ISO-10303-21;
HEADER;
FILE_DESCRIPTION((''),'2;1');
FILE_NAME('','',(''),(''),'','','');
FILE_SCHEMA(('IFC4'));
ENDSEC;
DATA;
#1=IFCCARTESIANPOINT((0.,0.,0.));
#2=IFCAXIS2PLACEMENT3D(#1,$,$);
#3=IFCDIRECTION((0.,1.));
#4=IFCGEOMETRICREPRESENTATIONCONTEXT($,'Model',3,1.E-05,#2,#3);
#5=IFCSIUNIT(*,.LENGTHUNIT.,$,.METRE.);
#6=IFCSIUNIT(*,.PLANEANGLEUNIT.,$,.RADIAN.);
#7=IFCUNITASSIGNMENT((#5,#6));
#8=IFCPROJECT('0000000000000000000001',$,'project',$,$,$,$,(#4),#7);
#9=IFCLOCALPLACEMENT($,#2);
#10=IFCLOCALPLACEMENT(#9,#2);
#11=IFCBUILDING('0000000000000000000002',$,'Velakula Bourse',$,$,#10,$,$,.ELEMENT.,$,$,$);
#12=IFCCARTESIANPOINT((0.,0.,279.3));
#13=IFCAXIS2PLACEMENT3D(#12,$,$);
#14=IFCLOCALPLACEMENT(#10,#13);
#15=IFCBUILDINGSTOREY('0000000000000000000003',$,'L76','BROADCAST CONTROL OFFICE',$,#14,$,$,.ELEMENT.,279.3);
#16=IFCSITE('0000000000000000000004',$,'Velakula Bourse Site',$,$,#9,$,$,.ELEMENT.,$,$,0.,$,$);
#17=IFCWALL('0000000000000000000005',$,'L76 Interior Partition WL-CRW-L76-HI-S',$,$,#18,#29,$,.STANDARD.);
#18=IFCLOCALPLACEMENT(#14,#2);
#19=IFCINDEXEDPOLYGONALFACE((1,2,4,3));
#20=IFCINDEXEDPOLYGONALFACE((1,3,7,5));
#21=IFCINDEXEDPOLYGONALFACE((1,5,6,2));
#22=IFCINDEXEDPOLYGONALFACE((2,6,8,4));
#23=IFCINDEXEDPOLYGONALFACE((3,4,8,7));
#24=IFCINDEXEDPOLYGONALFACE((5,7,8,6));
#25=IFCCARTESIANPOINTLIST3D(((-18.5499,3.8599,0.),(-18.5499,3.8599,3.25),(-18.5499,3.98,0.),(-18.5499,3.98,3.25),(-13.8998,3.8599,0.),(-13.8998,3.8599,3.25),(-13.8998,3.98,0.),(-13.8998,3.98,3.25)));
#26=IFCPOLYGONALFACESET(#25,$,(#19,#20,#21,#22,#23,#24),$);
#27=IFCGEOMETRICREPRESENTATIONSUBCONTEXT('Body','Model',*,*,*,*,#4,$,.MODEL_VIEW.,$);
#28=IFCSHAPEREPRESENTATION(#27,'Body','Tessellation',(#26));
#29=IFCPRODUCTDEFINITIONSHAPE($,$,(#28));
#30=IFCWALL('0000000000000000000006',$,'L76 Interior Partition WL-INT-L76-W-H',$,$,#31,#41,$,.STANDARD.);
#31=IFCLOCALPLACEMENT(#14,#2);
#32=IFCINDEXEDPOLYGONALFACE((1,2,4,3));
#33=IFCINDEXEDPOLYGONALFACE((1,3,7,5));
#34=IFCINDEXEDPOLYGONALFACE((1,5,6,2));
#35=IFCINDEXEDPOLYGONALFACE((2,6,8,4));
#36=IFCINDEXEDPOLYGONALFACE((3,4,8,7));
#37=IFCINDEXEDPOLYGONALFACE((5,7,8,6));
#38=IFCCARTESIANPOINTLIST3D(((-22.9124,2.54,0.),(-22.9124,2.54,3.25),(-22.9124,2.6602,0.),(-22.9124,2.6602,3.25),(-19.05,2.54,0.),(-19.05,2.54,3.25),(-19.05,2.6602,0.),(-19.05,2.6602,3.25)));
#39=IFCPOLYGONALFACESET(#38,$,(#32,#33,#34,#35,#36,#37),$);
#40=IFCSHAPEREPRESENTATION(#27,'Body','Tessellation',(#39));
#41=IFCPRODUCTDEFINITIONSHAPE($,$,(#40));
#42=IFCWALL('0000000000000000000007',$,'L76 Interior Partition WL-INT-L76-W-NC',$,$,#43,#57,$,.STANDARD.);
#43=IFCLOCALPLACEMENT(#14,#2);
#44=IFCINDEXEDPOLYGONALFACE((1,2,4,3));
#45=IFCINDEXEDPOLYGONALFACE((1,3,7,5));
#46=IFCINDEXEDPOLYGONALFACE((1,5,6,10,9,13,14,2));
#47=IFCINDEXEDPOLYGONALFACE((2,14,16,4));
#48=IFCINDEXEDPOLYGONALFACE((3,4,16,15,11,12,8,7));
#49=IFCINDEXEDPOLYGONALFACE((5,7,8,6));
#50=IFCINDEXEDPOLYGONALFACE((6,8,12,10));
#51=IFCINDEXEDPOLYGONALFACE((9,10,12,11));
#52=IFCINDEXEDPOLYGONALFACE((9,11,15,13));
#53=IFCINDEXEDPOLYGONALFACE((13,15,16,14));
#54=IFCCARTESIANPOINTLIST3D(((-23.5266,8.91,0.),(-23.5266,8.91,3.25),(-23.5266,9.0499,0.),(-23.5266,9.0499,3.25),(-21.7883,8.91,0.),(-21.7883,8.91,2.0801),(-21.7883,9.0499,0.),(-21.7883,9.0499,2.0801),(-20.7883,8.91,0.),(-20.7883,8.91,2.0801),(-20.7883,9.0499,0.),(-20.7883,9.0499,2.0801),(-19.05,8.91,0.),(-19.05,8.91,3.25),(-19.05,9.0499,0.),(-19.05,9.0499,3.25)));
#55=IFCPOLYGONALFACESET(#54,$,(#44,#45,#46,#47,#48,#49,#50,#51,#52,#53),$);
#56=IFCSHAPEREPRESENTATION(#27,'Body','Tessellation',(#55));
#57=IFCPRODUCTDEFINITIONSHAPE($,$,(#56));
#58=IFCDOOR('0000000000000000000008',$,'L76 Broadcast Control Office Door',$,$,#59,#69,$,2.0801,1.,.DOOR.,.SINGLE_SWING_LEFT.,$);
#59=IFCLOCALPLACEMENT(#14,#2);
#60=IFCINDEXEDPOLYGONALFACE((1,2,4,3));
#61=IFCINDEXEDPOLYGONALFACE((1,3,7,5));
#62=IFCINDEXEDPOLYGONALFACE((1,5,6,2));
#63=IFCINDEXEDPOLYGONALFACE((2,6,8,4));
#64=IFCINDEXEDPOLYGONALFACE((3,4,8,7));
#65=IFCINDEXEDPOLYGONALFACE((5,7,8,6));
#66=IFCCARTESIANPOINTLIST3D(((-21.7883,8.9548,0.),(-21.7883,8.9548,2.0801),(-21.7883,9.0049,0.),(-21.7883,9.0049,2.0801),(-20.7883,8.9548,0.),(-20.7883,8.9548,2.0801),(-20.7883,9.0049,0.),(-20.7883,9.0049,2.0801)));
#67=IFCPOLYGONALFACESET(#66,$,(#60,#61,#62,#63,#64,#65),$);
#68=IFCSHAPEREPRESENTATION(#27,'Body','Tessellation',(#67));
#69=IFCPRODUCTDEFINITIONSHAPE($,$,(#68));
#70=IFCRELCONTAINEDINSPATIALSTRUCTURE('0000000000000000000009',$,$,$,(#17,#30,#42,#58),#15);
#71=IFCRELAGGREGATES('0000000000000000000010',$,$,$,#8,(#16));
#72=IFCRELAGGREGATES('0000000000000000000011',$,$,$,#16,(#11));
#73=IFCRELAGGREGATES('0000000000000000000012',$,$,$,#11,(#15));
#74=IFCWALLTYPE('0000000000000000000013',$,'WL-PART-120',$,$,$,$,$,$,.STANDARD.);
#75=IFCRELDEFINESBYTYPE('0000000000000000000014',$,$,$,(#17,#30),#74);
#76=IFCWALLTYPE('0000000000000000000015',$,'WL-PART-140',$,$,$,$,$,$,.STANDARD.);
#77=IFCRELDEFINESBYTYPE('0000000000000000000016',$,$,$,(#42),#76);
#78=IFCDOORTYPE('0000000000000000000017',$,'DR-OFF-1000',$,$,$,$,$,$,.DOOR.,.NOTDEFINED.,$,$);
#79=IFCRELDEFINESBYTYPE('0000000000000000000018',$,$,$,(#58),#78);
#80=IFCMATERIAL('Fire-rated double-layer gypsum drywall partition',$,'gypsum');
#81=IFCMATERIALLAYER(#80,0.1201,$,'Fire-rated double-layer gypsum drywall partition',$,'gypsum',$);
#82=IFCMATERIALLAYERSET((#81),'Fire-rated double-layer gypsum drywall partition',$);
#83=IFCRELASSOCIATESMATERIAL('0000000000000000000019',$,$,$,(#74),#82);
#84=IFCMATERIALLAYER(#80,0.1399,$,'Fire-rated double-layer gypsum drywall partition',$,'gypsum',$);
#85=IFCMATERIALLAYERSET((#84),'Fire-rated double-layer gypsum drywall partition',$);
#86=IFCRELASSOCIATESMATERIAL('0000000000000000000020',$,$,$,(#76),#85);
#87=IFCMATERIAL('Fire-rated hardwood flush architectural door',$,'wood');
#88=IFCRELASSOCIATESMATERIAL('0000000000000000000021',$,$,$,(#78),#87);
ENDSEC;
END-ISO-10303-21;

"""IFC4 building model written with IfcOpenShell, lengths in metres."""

from ifc_helpers import new_model, si_unit, direction, frame, frame_2d, origin, place, context, subcontext, project, spatial, rectangle, extrude, material, layer, layer_set, type_object, element, fill, save


model = new_model("IFC4")

# Units and contexts
model_context = context("Model", 3, precision=1e-05, world=origin(), true_north=direction((0.0, 1.0)))
body_context = subcontext(model_context, "Body", "Model", "MODEL_VIEW")
ifc_project = project(units=[si_unit("LENGTHUNIT", "METRE"), si_unit("PLANEANGLEUNIT", "RADIAN")], contexts=[model_context])

# Site, building, storey
site_placement = place(None, origin())
site = spatial("IfcSite", under=ifc_project, at=site_placement, Name="Velakula Bourse Site", CompositionType="ELEMENT", RefElevation=0.0)
building_placement = place(site_placement, origin())
building = spatial("IfcBuilding", under=site, at=building_placement, Name="Velakula Bourse", CompositionType="ELEMENT")
storey_placement = place(building_placement, frame((0.0, 0.0, 279.3)))
storey = spatial("IfcBuildingStorey", under=building, at=storey_placement, Name="L76", Description="BROADCAST CONTROL OFFICE", CompositionType="ELEMENT", Elevation=279.3)

# Shared definitions
ifc_material_1 = material(Name="Fire-rated hardwood flush architectural door", Category="wood")

# Walls
ifc_material_2 = material(Name="Fire-rated double-layer gypsum drywall partition", Category="gypsum")
ifc_layer_1 = layer(ifc_material_2, 0.1201, Name="Fire-rated double-layer gypsum drywall partition", Category="gypsum")
ifc_layer_set_1 = layer_set([ifc_layer_1], Name="Fire-rated double-layer gypsum drywall partition")
wall_type_1 = type_object("IfcWallType", Name="WL-PART-120", PredefinedType="STANDARD", material=ifc_layer_set_1)
wall_1_placement = place(storey_placement, frame((-18.55, 3.9199, 0.0), z_axis=(0.0, 0.0, 1.0), x_axis=(1.0, 0.0, 0.0)))
element("IfcWall", 1, at=wall_1_placement, inside=storey, type_object=wall_type_1, Name="L76 Interior Partition WL-CRW-L76-HI-S", PredefinedType="STANDARD", context=body_context, shape_type="SweptSolid", body=[
    extrude(rectangle(XDim=4.6501, YDim=0.1201, at=frame_2d((2.3252, 0.0))), origin(), (0.0, 0.0, 1.0), 3.25),
])
wall_2_placement = place(storey_placement, frame((-22.9124, 2.6001, 0.0), z_axis=(0.0, 0.0, 1.0), x_axis=(1.0, 0.0, 0.0)))
element("IfcWall", 2, at=wall_2_placement, inside=storey, type_object=wall_type_1, Name="L76 Interior Partition WL-INT-L76-W-H", PredefinedType="STANDARD", context=body_context, shape_type="SweptSolid", body=[
    extrude(rectangle(XDim=3.8623, YDim=0.1201, at=frame_2d((1.9312, 0.0))), origin(), (0.0, 0.0, 1.0), 3.25),
])

# Wall, opening, door
ifc_layer_2 = layer(ifc_material_2, 0.1399, Name="Fire-rated double-layer gypsum drywall partition", Category="gypsum")
ifc_layer_set_2 = layer_set([ifc_layer_2], Name="Fire-rated double-layer gypsum drywall partition")
wall_type_2 = type_object("IfcWallType", Name="WL-PART-140", PredefinedType="STANDARD", material=ifc_layer_set_2)
wall_3_placement = place(storey_placement, frame((-23.5266, 8.98, 0.0), z_axis=(0.0, 0.0, 1.0), x_axis=(1.0, 0.0, 0.0)))
wall_3 = element("IfcWall", 3, at=wall_3_placement, inside=storey, type_object=wall_type_2, Name="L76 Interior Partition WL-INT-L76-W-NC", PredefinedType="STANDARD", context=body_context, shape_type="SweptSolid", body=[
    extrude(rectangle(XDim=4.4766, YDim=0.1399, at=frame_2d((2.2383, 0.0))), origin(), (0.0, 0.0, 1.0), 3.25),
])
opening_1_placement = place(wall_3_placement, frame((1.7383, 0.0, 0.0)))
opening_1 = element("IfcOpeningElement", 4, at=opening_1_placement, cuts=wall_3, PredefinedType="OPENING", context=body_context, shape_type="SweptSolid", body=[
    extrude(rectangle(XDim=1.0, YDim=2.0801, at=frame_2d((0.5, 1.04))), frame((0.0, 0.0798, 0.0), z_axis=(0.0, -1.0, 0.0), x_axis=(1.0, 0.0, 0.0)), (0.0, 0.0, 1.0), 0.1599),
])
door_type_1 = type_object("IfcDoorType", Name="DR-OFF-1000", OperationType="NOTDEFINED", PredefinedType="DOOR", material=ifc_material_1)
door_1_placement = place(opening_1_placement, origin())
door_1 = element("IfcDoor", 5, at=door_1_placement, inside=storey, type_object=door_type_1, Name="L76 Broadcast Control Office Door", OperationType="SINGLE_SWING_LEFT", OverallHeight=2.0801, OverallWidth=1.0, PredefinedType="DOOR", context=body_context, shape_type="SweptSolid", body=[
    extrude(rectangle(XDim=1.0, YDim=2.0801, at=frame_2d((0.5, 1.04))), frame((0.0, 0.0249, 0.0), z_axis=(0.0, -1.0, 0.0), x_axis=(1.0, 0.0, 0.0)), (0.0, 0.0, 1.0), 0.05),
])
fill(opening_1, door_1)

save(model, "model.ifc")
